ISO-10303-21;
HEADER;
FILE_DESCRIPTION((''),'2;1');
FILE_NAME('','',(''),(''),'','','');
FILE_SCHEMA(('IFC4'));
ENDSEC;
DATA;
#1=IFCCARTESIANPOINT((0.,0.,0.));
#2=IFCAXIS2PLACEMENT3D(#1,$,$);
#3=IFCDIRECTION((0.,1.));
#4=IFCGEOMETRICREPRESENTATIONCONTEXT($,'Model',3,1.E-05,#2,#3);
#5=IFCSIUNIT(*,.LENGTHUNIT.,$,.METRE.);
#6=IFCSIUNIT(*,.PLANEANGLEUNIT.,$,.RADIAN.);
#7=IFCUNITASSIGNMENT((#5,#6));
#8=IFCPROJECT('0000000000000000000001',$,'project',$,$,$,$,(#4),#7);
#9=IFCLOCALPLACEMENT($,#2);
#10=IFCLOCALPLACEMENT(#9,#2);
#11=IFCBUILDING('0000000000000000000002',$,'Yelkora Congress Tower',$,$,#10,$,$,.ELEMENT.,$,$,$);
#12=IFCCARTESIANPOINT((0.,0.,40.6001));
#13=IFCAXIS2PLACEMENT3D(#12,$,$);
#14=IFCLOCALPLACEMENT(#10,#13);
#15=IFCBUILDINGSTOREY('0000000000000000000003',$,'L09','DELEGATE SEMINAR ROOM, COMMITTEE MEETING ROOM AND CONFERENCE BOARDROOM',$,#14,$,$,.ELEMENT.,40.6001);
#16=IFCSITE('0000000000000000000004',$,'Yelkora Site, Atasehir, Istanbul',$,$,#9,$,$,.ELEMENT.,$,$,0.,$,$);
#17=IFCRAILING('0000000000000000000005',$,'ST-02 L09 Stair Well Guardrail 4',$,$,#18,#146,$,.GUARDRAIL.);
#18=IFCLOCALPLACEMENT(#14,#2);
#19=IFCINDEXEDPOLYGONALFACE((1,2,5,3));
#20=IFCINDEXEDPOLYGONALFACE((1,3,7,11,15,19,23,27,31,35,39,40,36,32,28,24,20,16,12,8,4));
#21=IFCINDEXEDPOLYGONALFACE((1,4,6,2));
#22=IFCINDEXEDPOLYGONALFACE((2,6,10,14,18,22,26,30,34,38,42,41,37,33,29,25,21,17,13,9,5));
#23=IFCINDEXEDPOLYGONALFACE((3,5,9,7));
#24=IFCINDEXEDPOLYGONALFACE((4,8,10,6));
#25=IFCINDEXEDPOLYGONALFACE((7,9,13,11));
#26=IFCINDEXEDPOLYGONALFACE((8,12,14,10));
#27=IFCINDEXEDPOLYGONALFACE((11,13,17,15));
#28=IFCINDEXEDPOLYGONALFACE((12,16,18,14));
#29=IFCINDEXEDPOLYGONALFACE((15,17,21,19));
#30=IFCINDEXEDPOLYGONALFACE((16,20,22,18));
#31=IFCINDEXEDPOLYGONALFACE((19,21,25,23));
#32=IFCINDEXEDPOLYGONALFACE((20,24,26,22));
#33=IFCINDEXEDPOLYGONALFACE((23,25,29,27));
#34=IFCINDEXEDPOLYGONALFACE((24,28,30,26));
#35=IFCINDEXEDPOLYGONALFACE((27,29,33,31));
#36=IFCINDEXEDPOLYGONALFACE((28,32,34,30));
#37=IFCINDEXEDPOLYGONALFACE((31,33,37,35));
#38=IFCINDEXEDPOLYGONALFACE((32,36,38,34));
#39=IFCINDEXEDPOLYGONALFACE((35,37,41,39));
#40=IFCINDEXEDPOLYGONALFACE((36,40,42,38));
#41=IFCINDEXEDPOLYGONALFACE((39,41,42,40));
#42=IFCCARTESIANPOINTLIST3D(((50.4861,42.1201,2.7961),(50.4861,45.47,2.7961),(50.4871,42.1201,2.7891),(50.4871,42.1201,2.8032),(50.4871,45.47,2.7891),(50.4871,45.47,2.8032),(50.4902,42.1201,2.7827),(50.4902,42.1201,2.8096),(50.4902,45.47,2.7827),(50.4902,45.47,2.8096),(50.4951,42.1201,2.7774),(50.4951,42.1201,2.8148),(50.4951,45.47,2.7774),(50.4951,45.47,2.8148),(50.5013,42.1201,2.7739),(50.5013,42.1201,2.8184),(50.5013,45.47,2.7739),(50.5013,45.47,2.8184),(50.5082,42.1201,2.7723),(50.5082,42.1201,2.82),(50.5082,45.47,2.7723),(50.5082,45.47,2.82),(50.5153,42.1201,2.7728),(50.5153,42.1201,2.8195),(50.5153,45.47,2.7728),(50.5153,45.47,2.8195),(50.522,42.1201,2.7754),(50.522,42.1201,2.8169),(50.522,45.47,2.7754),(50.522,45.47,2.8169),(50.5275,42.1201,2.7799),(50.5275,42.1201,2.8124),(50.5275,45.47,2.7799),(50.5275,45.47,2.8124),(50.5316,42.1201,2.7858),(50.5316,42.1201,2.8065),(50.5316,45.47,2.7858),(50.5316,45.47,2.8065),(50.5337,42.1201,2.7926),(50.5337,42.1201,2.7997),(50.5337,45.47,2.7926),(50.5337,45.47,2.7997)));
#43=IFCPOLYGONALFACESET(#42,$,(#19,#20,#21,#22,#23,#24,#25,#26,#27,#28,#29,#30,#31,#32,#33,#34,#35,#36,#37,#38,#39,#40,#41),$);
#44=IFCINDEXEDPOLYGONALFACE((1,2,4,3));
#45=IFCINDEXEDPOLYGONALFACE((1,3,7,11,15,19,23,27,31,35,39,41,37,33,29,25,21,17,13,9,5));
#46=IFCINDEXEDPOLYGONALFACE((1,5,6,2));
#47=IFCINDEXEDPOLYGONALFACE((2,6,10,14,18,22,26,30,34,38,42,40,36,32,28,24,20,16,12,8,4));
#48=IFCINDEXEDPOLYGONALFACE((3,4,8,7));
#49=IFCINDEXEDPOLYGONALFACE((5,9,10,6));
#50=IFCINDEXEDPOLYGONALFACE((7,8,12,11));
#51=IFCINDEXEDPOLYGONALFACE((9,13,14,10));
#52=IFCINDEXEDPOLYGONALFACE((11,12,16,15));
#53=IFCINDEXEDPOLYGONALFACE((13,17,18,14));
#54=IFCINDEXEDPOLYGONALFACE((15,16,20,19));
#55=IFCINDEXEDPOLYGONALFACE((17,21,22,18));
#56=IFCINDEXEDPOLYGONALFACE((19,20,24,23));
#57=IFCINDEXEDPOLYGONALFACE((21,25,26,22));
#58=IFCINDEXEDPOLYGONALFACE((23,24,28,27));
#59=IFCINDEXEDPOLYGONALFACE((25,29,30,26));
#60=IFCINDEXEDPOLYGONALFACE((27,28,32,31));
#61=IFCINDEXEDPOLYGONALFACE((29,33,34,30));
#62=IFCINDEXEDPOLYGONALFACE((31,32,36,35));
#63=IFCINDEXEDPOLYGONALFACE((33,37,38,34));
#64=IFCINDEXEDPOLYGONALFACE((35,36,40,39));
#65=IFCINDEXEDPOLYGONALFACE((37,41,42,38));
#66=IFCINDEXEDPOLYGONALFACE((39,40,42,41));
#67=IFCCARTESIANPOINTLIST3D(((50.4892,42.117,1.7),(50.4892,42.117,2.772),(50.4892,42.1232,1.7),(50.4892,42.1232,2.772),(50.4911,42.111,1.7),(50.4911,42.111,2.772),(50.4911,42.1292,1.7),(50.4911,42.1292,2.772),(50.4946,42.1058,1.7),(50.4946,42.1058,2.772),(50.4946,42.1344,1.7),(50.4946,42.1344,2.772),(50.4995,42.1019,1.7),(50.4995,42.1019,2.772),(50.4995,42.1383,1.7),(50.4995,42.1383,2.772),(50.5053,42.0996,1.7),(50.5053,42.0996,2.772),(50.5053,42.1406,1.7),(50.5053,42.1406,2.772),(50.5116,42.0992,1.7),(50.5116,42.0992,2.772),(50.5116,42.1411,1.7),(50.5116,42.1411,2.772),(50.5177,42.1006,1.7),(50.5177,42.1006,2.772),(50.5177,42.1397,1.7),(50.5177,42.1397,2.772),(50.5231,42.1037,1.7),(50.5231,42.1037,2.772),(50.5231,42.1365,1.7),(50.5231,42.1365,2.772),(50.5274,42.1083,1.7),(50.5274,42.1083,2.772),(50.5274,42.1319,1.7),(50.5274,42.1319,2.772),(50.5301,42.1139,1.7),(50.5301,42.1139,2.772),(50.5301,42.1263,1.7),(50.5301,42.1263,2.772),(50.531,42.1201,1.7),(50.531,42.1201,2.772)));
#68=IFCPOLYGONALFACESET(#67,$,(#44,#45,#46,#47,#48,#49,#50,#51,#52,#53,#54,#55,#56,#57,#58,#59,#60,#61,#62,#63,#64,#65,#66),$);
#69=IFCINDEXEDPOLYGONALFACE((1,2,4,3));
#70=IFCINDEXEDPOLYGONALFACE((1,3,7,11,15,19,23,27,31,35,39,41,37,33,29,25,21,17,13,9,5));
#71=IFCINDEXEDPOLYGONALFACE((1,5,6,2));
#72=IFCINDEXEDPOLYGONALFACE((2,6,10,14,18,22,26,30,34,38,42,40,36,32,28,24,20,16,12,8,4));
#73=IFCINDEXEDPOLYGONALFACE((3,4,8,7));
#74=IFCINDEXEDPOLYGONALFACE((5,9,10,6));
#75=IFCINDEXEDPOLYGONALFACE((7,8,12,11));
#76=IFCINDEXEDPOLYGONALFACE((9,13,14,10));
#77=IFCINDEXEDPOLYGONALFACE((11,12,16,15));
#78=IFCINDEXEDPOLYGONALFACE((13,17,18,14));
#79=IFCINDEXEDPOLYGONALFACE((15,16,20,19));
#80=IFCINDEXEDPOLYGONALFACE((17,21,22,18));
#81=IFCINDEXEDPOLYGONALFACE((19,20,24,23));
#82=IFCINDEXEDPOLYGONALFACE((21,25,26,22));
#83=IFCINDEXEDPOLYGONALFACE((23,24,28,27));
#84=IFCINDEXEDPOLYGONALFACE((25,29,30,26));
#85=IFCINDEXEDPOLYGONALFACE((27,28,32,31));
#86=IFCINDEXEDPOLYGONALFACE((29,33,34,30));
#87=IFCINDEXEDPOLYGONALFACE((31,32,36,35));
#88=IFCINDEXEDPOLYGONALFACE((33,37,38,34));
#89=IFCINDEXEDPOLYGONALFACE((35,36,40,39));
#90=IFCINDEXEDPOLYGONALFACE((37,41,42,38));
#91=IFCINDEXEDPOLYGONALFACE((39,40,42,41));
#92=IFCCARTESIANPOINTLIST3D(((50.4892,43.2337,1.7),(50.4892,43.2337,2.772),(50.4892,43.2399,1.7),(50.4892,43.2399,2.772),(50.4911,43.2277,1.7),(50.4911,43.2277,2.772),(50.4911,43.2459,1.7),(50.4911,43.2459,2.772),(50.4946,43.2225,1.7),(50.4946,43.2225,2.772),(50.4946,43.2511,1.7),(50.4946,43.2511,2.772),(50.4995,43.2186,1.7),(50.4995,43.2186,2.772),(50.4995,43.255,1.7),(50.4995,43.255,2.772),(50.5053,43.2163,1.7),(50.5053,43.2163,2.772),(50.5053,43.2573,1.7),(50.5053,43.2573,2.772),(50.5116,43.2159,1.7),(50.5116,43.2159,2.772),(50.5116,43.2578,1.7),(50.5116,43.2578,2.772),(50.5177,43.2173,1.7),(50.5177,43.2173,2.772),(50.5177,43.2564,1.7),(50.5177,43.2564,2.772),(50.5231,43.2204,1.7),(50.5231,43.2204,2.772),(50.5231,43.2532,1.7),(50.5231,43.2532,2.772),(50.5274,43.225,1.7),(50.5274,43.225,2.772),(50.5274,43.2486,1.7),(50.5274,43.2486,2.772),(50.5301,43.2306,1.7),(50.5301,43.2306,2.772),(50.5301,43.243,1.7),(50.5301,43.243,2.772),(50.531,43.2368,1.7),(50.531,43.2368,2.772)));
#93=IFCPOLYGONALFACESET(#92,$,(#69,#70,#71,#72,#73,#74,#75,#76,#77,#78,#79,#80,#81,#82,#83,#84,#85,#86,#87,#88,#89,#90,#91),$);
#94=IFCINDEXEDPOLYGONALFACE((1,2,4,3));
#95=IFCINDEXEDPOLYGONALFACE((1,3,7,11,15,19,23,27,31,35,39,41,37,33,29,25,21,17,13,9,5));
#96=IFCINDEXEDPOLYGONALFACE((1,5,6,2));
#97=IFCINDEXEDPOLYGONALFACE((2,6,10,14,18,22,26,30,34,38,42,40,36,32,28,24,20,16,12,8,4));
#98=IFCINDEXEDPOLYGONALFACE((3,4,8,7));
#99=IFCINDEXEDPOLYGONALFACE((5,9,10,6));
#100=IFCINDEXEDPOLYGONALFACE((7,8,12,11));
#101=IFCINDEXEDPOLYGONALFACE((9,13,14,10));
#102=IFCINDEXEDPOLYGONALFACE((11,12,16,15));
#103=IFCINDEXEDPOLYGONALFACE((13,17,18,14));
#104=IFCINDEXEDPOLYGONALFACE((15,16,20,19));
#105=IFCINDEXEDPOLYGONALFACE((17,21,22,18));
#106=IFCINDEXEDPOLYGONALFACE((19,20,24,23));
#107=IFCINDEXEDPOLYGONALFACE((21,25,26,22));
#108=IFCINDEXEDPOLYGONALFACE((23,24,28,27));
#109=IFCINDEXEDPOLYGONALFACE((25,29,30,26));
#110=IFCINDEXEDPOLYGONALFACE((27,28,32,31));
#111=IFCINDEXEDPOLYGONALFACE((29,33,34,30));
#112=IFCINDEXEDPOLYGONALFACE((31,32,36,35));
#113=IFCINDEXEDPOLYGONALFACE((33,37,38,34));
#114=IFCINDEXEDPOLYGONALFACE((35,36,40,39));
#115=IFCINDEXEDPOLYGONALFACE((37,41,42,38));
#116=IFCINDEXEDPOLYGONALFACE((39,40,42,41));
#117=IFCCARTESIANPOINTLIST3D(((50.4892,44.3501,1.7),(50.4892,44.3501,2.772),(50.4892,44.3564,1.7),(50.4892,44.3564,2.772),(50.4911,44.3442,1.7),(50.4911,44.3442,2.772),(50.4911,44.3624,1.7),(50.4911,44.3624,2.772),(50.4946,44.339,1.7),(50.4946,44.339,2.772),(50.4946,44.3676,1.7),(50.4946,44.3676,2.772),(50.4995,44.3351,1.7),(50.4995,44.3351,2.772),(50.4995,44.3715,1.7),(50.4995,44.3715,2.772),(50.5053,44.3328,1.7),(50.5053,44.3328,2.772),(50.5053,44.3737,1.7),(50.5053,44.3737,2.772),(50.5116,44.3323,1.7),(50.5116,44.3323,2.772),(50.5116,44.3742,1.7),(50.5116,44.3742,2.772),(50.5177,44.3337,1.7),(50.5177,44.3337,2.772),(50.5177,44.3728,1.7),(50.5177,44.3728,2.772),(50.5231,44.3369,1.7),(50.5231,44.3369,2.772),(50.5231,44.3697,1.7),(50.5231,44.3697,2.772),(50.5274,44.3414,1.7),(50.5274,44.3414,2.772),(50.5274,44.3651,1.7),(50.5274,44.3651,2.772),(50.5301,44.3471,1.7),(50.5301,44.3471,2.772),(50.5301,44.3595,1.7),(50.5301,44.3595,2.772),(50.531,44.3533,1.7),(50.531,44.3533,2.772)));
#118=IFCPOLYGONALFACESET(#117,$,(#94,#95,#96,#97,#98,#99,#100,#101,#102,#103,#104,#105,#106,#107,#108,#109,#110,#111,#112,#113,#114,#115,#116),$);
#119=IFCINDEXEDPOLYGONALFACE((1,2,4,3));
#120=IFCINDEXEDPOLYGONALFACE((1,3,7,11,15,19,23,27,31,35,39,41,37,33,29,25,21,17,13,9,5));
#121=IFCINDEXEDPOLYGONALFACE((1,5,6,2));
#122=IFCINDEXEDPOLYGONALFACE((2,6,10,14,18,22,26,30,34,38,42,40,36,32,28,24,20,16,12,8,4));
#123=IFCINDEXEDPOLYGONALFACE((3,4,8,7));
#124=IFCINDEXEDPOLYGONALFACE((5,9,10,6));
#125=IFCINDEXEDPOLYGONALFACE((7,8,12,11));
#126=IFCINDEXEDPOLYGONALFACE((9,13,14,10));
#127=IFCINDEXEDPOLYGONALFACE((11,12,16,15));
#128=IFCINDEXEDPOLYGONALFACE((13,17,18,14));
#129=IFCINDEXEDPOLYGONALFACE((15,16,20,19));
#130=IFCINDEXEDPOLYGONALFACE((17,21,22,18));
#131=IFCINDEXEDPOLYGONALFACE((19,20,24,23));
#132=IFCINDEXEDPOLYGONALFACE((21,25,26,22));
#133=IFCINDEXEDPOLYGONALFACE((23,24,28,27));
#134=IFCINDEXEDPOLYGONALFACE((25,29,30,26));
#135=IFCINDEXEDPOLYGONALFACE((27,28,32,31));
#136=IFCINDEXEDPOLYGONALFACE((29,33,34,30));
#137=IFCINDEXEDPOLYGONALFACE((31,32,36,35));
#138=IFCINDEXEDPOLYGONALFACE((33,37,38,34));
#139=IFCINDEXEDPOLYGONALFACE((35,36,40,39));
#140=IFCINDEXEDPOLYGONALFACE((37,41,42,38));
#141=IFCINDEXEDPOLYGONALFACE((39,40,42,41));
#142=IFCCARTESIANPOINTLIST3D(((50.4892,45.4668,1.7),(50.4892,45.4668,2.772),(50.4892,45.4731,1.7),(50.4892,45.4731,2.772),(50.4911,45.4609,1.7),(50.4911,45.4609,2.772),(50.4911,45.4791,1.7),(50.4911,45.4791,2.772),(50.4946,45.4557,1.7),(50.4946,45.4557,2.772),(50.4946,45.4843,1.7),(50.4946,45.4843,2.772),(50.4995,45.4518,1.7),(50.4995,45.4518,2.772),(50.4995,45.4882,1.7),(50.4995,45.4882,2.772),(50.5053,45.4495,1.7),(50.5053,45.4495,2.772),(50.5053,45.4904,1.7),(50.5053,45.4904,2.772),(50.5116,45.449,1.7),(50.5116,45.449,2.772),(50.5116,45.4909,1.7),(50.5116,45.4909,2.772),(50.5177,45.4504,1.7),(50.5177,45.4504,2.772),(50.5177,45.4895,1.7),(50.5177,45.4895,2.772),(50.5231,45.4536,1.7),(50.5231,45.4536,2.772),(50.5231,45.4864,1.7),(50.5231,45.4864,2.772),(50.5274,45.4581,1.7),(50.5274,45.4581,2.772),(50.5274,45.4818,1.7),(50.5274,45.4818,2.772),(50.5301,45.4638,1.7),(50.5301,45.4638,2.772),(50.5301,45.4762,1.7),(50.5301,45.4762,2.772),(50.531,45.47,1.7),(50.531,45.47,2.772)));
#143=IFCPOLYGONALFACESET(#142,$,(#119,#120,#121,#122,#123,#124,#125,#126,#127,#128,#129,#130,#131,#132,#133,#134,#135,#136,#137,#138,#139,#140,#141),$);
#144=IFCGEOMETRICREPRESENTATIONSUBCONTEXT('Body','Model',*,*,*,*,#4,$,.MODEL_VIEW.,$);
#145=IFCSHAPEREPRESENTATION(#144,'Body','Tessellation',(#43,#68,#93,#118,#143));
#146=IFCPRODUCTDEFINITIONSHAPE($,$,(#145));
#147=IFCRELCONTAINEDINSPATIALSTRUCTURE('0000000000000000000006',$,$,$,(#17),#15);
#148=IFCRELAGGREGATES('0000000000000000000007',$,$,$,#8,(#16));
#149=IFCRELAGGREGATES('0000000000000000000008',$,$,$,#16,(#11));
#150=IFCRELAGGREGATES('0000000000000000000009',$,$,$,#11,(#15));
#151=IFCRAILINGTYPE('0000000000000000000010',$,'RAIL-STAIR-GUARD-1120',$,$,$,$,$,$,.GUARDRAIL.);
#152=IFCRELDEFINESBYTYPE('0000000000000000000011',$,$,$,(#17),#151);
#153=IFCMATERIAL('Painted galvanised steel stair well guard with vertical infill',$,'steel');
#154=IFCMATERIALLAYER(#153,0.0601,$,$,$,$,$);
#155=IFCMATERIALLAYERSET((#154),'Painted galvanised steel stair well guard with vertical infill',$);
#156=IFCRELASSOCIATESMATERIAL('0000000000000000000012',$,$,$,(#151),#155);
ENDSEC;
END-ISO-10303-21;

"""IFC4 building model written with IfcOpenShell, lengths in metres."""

from ifc_helpers import new_model, si_unit, direction, frame, origin, origin_2d, place, context, subcontext, project, spatial, circle, extrude, material, layer, layer_set, type_object, element, save


model = new_model("IFC4")

# Units and contexts
model_context = context("Model", 3, precision=1e-05, world=origin(), true_north=direction((0.0, 1.0)))
body_context = subcontext(model_context, "Body", "Model", "MODEL_VIEW")
ifc_project = project(units=[si_unit("LENGTHUNIT", "METRE"), si_unit("PLANEANGLEUNIT", "RADIAN")], contexts=[model_context])

# Site, building, storey
site_placement = place(None, origin())
site = spatial("IfcSite", under=ifc_project, at=site_placement, Name="Yelkora Site, Atasehir, Istanbul", CompositionType="ELEMENT", RefElevation=0.0)
building_placement = place(site_placement, origin())
building = spatial("IfcBuilding", under=site, at=building_placement, Name="Yelkora Congress Tower", CompositionType="ELEMENT")
storey_placement = place(building_placement, frame((0.0, 0.0, 40.6001)))
storey = spatial("IfcBuildingStorey", under=building, at=storey_placement, Name="L09", Description="DELEGATE SEMINAR ROOM, COMMITTEE MEETING ROOM AND CONFERENCE BOARDROOM", CompositionType="ELEMENT", Elevation=40.6001)

# Railing
ifc_material_1 = material(Name="Painted galvanised steel stair well guard with vertical infill", Category="steel")
ifc_layer_1 = layer(ifc_material_1, 0.0601)
ifc_layer_set_1 = layer_set([ifc_layer_1], Name="Painted galvanised steel stair well guard with vertical infill")
railing_type_1 = type_object("IfcRailingType", Name="RAIL-STAIR-GUARD-1120", PredefinedType="GUARDRAIL", material=ifc_layer_set_1)
railing_1_placement = place(storey_placement, frame((50.51, 42.1201, 1.7)))
element("IfcRailing", 1, at=railing_1_placement, inside=storey, type_object=railing_type_1, Name="ST-02 L09 Stair Well Guardrail 4", PredefinedType="GUARDRAIL", context=body_context, shape_type="SweptSolid", body=[
    extrude(circle(Radius=0.0239, at=origin_2d()), frame((0.0, 0.0, 1.0962), z_axis=(0.0, 1.0, 0.0), x_axis=(-1.0, 0.0, 0.0)), (0.0, 0.0, 1.0), 3.3499),
    extrude(circle(Radius=0.021, at=origin_2d()), origin(), (0.0, 0.0, 1.0), 1.072),
    extrude(circle(Radius=0.021, at=origin_2d()), frame((0.0, 1.1167, 0.0)), (0.0, 0.0, 1.0), 1.072),
    extrude(circle(Radius=0.021, at=origin_2d()), frame((0.0, 2.2332, 0.0)), (0.0, 0.0, 1.0), 1.072),
    extrude(circle(Radius=0.021, at=origin_2d()), frame((0.0, 3.3499, 0.0)), (0.0, 0.0, 1.0), 1.072),
])

save(model, "model.ifc")
